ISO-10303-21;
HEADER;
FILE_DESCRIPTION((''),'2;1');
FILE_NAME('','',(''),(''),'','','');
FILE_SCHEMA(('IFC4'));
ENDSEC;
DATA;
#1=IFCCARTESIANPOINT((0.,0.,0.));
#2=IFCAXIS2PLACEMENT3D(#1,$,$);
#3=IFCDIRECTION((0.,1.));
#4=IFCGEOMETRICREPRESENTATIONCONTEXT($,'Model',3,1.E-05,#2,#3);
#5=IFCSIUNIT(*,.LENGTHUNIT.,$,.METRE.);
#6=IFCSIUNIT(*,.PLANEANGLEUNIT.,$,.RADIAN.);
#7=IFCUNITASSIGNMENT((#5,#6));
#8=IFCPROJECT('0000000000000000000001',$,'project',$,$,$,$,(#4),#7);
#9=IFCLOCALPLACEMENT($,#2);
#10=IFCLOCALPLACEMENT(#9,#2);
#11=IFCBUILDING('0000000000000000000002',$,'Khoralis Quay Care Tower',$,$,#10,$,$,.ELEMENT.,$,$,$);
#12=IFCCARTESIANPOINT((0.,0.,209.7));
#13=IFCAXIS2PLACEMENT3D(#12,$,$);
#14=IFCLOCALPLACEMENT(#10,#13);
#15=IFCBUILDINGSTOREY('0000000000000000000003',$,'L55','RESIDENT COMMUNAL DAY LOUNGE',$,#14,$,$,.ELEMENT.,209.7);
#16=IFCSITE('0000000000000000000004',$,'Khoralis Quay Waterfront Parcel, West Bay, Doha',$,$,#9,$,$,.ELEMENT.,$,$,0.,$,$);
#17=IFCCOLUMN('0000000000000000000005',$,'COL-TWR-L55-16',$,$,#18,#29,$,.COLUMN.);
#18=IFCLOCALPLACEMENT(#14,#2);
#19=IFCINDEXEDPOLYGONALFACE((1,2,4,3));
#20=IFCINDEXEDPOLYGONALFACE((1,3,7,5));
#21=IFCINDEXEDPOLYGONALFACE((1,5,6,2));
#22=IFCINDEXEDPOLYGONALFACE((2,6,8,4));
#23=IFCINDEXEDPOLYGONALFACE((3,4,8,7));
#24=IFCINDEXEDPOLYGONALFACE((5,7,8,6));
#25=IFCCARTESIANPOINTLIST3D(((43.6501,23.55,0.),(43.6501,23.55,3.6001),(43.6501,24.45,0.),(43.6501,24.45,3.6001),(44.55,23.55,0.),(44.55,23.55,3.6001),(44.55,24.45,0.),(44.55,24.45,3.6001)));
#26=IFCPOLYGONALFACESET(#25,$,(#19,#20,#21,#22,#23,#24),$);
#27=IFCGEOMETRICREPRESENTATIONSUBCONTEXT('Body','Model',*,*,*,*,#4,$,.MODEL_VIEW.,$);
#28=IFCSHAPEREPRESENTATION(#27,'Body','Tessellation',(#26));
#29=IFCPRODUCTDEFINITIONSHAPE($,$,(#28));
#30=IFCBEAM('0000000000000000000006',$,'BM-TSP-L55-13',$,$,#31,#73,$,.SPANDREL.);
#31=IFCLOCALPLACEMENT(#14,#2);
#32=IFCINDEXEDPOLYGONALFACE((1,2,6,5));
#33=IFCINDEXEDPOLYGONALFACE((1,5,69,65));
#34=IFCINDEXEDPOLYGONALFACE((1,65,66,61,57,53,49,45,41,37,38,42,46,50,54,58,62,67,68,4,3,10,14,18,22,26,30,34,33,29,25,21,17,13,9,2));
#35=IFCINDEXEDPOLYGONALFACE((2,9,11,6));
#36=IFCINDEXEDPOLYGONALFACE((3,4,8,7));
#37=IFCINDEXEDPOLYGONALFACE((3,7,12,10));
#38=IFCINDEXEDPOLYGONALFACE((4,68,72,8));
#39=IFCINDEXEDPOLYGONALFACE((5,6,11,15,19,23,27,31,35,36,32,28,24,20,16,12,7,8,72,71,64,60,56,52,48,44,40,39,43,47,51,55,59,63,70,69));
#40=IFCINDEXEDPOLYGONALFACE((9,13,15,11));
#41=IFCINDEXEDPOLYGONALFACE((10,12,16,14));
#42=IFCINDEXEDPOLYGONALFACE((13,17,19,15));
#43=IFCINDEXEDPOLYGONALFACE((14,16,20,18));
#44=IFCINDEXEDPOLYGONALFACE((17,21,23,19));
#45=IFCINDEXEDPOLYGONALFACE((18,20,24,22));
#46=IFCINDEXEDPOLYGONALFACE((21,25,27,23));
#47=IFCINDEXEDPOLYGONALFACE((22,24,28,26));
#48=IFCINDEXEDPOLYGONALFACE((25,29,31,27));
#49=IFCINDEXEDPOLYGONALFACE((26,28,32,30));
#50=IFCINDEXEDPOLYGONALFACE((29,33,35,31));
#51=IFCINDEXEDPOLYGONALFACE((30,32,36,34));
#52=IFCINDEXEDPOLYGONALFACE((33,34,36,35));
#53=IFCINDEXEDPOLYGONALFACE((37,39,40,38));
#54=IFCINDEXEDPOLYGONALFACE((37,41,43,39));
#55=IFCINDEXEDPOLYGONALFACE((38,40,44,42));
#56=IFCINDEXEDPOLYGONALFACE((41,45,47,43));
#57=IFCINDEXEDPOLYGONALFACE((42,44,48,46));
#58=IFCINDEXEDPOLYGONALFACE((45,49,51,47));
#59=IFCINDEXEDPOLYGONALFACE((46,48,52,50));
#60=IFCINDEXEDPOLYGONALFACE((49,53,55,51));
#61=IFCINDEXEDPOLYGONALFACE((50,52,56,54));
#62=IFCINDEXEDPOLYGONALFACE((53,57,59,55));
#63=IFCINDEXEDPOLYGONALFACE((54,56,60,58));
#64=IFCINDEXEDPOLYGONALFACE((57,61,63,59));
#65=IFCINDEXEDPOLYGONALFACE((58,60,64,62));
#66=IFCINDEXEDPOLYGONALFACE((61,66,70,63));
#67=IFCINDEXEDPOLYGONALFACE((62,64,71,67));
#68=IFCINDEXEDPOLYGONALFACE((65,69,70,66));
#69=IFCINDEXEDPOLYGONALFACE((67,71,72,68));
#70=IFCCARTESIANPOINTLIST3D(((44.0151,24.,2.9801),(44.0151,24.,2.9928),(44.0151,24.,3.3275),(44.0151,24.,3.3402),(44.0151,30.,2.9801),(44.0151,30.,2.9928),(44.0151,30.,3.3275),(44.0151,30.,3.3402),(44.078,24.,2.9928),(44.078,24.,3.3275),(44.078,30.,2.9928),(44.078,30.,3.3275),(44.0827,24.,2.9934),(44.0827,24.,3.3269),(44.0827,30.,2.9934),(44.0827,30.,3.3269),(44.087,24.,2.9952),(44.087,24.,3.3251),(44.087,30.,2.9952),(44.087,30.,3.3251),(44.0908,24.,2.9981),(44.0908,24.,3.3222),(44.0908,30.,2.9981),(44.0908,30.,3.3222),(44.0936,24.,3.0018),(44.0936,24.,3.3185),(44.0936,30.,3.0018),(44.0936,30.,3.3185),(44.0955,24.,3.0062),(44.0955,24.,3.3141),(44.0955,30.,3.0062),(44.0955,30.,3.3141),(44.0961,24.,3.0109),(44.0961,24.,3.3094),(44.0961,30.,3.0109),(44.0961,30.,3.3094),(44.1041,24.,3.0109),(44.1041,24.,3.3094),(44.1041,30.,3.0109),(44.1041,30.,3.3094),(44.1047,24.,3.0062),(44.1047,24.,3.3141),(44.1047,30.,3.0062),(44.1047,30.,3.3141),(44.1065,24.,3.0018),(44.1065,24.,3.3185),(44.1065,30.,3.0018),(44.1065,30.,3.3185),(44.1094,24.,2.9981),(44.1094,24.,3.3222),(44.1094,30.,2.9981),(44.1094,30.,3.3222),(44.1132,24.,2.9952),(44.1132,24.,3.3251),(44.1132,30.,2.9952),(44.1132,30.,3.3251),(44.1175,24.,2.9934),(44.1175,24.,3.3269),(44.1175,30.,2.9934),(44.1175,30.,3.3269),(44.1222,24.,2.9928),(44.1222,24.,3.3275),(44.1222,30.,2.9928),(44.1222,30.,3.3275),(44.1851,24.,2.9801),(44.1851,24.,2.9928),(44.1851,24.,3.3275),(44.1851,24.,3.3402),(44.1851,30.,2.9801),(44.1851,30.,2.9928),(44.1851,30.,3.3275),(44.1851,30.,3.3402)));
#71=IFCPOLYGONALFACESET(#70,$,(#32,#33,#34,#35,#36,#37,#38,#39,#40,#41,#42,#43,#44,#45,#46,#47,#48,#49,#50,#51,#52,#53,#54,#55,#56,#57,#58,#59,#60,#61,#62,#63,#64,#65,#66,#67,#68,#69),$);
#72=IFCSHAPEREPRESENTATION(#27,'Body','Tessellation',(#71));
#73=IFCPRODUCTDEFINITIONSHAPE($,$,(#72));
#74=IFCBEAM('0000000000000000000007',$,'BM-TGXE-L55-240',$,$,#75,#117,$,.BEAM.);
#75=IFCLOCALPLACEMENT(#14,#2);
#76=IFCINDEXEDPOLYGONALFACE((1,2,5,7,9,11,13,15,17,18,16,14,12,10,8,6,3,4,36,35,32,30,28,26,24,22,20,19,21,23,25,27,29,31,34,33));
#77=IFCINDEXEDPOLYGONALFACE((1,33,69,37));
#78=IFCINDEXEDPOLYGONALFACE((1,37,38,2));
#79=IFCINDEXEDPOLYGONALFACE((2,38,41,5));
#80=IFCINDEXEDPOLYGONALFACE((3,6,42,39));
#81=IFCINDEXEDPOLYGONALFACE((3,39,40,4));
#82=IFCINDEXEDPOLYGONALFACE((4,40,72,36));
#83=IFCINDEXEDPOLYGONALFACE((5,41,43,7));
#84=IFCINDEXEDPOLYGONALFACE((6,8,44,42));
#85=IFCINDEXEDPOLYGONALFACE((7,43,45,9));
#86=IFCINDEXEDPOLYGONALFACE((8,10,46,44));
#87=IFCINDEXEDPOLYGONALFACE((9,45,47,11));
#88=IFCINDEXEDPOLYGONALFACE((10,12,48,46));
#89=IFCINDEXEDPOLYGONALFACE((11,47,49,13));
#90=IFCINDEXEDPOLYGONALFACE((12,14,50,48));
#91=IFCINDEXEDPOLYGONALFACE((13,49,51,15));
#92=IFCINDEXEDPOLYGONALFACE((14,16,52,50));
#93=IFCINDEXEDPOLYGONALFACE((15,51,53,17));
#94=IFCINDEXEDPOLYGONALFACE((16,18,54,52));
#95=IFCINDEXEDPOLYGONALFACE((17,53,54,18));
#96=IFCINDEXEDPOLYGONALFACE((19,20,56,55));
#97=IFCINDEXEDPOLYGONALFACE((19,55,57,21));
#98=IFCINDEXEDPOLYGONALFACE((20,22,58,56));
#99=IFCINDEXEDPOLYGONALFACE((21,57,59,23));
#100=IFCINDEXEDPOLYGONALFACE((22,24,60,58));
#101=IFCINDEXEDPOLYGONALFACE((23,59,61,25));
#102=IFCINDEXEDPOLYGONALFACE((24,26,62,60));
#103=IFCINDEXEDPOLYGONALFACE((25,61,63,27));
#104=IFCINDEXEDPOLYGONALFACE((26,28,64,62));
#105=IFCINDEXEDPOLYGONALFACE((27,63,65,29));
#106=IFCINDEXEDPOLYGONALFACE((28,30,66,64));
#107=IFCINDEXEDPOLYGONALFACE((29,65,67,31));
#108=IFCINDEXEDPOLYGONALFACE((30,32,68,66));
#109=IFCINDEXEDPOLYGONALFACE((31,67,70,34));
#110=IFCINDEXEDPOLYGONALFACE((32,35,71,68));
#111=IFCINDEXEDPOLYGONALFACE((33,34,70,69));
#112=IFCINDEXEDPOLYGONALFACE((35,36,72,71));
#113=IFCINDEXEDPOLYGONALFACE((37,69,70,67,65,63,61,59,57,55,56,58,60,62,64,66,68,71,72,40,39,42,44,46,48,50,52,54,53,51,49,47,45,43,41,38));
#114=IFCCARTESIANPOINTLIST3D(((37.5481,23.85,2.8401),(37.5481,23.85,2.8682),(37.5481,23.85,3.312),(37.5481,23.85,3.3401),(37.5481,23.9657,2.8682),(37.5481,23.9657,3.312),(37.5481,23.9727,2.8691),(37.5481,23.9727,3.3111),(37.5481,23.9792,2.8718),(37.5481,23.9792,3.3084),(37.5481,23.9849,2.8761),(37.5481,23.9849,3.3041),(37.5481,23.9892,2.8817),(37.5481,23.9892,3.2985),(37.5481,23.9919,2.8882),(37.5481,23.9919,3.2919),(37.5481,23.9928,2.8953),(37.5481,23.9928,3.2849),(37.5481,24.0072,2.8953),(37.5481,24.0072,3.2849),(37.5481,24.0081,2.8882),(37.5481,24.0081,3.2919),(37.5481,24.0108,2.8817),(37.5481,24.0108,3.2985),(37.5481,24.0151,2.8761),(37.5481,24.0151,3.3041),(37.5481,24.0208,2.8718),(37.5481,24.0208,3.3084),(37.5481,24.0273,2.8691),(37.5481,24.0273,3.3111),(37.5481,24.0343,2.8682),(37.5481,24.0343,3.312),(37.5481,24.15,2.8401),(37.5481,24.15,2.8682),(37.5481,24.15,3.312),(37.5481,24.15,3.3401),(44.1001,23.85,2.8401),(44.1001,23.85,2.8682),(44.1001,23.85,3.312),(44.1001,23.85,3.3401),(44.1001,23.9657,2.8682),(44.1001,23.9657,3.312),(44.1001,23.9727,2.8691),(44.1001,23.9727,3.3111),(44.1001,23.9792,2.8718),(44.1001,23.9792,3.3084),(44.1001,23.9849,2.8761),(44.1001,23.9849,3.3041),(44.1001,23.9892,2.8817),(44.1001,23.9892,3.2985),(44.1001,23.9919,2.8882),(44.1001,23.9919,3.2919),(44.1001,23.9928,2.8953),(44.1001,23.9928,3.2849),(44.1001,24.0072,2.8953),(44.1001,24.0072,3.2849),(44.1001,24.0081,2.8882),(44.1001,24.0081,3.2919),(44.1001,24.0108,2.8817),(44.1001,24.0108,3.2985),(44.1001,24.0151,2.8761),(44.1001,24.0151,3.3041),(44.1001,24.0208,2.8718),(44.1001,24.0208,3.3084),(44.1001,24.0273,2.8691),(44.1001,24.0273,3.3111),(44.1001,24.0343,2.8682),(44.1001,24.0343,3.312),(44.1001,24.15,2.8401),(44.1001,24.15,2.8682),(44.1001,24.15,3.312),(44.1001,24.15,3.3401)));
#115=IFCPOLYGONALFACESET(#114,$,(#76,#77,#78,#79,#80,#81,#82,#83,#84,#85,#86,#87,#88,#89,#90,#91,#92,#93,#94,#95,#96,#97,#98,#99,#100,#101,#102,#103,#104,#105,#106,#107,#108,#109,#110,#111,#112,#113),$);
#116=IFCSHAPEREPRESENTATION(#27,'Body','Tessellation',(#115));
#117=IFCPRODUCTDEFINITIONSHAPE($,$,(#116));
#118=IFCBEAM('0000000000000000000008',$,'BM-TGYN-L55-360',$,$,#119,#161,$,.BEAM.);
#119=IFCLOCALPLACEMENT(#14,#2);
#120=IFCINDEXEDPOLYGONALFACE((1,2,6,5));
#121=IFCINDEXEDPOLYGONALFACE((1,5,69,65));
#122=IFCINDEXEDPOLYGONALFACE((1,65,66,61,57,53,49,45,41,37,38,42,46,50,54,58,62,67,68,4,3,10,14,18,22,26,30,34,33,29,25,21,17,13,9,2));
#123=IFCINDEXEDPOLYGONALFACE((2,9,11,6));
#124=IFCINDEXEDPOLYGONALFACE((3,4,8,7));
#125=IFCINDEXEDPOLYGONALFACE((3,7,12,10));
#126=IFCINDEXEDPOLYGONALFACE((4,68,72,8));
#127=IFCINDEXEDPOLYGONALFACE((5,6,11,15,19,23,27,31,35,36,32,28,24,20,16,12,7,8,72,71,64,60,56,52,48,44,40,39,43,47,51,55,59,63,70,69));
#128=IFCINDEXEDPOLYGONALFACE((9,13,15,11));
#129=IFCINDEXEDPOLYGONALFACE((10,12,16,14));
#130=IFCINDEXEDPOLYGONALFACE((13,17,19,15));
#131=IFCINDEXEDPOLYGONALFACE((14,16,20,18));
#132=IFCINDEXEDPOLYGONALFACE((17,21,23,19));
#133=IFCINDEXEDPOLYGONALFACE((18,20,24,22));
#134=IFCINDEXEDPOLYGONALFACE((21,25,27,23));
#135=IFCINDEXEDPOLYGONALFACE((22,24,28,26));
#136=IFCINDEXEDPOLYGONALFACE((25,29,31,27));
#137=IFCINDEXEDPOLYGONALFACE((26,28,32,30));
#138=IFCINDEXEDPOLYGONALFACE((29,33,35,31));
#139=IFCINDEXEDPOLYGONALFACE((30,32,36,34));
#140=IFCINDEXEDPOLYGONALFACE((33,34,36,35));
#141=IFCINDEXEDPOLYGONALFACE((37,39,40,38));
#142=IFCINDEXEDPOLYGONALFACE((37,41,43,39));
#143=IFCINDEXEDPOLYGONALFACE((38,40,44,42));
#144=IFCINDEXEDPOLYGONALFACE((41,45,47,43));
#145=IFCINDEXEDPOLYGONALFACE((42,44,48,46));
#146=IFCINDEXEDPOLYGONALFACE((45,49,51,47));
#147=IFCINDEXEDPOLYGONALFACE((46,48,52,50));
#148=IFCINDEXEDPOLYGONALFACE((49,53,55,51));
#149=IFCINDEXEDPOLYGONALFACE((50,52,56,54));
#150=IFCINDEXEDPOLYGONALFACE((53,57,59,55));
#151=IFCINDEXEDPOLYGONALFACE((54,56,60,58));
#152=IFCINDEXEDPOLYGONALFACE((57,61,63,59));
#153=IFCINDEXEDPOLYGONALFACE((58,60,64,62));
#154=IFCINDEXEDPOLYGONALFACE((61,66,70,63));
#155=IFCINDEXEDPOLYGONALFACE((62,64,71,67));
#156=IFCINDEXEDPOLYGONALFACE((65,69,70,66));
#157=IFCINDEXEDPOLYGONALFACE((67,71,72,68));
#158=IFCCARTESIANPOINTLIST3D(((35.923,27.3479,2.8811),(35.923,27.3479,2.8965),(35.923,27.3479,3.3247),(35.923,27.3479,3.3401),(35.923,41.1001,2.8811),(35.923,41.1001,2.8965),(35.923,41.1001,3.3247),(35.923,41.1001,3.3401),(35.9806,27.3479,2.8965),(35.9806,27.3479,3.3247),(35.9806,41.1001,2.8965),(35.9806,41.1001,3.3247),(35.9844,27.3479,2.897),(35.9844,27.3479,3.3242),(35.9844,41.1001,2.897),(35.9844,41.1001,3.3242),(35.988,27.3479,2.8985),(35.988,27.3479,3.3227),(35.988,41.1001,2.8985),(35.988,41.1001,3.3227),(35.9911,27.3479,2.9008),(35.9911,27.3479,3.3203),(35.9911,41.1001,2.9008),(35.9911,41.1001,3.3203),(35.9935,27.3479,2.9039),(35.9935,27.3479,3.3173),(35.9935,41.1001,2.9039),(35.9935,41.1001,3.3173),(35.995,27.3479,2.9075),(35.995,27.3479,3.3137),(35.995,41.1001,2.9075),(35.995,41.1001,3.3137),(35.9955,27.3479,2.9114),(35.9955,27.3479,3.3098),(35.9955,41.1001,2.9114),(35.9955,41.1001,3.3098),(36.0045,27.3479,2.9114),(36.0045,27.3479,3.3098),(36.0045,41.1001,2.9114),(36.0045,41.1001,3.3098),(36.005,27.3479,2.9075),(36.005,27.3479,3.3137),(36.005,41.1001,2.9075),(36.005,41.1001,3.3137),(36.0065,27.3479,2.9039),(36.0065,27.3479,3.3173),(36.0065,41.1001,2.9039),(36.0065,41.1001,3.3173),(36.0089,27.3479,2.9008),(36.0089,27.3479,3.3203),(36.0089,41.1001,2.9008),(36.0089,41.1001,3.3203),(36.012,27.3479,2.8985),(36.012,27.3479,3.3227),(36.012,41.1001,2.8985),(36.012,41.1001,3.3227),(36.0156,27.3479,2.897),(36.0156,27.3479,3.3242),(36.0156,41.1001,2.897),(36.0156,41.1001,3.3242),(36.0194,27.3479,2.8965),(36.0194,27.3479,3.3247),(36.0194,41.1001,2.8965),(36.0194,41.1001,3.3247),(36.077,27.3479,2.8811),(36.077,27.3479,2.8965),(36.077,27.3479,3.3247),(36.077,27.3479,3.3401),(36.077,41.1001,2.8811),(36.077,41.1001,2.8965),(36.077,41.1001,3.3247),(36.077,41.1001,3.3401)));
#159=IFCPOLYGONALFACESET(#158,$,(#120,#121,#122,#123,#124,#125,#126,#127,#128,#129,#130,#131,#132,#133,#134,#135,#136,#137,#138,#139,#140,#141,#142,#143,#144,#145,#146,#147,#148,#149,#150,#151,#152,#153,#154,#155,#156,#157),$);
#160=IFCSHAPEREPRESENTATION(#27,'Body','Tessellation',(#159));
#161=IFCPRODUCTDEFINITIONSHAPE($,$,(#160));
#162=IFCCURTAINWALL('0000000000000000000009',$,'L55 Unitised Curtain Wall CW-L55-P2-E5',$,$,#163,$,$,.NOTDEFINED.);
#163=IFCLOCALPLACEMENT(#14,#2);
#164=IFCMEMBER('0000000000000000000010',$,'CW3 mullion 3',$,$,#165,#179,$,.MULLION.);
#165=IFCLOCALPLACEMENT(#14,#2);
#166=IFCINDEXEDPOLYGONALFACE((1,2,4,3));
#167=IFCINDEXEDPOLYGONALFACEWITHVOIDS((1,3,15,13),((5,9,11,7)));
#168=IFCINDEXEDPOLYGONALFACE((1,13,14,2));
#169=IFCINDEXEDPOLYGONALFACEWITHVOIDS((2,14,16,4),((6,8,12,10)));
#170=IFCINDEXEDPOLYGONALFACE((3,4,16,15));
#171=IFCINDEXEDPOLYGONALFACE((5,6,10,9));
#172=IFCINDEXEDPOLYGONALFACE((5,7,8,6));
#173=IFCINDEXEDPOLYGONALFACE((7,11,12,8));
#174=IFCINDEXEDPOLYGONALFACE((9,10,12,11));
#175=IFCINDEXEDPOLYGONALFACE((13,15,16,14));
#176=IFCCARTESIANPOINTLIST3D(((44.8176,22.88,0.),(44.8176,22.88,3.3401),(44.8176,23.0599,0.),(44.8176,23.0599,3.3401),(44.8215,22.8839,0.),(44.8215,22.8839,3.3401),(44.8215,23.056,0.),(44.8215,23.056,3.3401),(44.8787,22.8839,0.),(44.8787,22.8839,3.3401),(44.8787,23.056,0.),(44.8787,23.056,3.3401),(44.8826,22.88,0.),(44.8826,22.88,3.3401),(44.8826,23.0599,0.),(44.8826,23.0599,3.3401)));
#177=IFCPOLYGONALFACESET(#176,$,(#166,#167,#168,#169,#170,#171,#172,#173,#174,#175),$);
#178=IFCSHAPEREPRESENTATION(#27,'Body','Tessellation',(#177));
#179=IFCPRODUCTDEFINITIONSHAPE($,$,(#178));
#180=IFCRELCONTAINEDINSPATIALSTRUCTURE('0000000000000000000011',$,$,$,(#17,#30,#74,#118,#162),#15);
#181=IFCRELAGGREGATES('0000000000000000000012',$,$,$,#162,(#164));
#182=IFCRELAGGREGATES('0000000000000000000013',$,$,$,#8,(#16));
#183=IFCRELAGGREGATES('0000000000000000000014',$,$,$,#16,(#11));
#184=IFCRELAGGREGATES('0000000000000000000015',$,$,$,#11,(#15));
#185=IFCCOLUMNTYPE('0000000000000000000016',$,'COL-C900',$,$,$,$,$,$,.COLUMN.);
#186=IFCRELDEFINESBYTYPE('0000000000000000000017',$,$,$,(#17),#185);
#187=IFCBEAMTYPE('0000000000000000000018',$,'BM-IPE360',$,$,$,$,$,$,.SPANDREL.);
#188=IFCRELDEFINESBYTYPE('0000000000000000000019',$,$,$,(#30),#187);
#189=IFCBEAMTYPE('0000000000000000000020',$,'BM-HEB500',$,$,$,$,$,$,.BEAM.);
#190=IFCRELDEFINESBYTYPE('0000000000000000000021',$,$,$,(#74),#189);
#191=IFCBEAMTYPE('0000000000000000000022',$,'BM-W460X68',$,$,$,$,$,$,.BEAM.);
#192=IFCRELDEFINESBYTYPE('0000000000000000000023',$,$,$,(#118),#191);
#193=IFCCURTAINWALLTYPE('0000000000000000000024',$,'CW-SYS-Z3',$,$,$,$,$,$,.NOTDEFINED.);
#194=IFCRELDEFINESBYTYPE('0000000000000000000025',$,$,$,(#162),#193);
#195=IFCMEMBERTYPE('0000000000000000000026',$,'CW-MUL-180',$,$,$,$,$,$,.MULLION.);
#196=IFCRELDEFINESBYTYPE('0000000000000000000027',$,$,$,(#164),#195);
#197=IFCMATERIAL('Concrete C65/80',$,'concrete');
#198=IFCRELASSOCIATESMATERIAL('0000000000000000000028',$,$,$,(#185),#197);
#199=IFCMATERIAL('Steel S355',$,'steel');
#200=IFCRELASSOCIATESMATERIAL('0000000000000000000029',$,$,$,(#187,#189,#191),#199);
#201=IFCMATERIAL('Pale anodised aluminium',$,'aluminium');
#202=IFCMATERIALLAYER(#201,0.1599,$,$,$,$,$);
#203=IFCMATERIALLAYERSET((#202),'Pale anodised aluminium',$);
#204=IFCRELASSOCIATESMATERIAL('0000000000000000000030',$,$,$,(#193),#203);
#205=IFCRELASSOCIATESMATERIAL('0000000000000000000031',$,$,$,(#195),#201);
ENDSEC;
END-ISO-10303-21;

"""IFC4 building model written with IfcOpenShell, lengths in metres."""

from ifc_helpers import new_model, si_unit, direction, frame, origin, origin_2d, place, context, subcontext, project, spatial, rectangle, hollow_rectangle, i_section, extrude, source, transform, mapped, material, layer, layer_set, material_profile, profile_set, type_object, element, aggregate, save


model = new_model("IFC4")

# Units and contexts
model_context = context("Model", 3, precision=1e-05, world=origin(), true_north=direction((0.0, 1.0)))
body_context = subcontext(model_context, "Body", "Model", "MODEL_VIEW")
ifc_project = project(units=[si_unit("LENGTHUNIT", "METRE"), si_unit("PLANEANGLEUNIT", "RADIAN")], contexts=[model_context])

# Site, building, storey
site_placement = place(None, origin())
site = spatial("IfcSite", under=ifc_project, at=site_placement, Name="Khoralis Quay Waterfront Parcel, West Bay, Doha", CompositionType="ELEMENT", RefElevation=0.0)
building_placement = place(site_placement, origin())
building = spatial("IfcBuilding", under=site, at=building_placement, Name="Khoralis Quay Care Tower", CompositionType="ELEMENT")
storey_placement = place(building_placement, frame((0.0, 0.0, 209.7)))
storey = spatial("IfcBuildingStorey", under=building, at=storey_placement, Name="L55", Description="RESIDENT COMMUNAL DAY LOUNGE", CompositionType="ELEMENT", Elevation=209.7)

# Column
ifc_material_1 = material(Name="Concrete C65/80", Category="concrete")
ifc_material_profile_1 = material_profile(ifc_material_1, rectangle(XDim=0.8999, YDim=0.8999, at=origin_2d()), Name="Concrete C65/80")
ifc_profile_set_1 = profile_set([ifc_material_profile_1], Name="Concrete C65/80")
column_type = type_object("IfcColumnType", Name="COL-C900", PredefinedType="COLUMN", material=ifc_profile_set_1)
shared_shape_1 = source(origin(), body_context, "Body", "SweptSolid", [
    extrude(rectangle(XDim=0.8999, YDim=0.8999, at=origin_2d()), origin(), (0.0, 0.0, 1.0), 3.6001),
])
column_placement = place(storey_placement, frame((44.1001, 24.0, 0.0), z_axis=(0.0, 0.0, 1.0), x_axis=(1.0, 0.0, 0.0)))
element("IfcColumn", 1, at=column_placement, inside=storey, type_object=column_type, Name="COL-TWR-L55-16", PredefinedType="COLUMN", context=body_context, shape_type="MappedRepresentation", body=[
    mapped(shared_shape_1, transform((0.0, 0.0, 0.0), scale=1.0)),
])

# Beams
ifc_material_2 = material(Name="Steel S355", Category="steel")
ifc_material_profile_2 = material_profile(ifc_material_2, i_section(OverallWidth=0.1699, OverallDepth=0.3601, WebThickness=0.0081, FlangeThickness=0.0127, FilletRadius=0.0181, at=origin_2d()), Name="Steel S355")
ifc_profile_set_2 = profile_set([ifc_material_profile_2], Name="Steel S355")
beam_type_1 = type_object("IfcBeamType", Name="BM-IPE360", PredefinedType="SPANDREL", material=ifc_profile_set_2)
shared_shape_2 = source(origin(), body_context, "Body", "SweptSolid", [
    extrude(i_section(OverallWidth=0.1699, OverallDepth=0.3601, WebThickness=0.0081, FlangeThickness=0.0127, FilletRadius=0.0181, at=origin_2d()), origin(), (0.0, 0.0, 1.0), 6.0),
])
beam_1_placement = place(storey_placement, frame((44.1001, 24.0, 3.1602), z_axis=(0.0, 1.0, 0.0), x_axis=(-1.0, 0.0, 0.0)))
element("IfcBeam", 2, at=beam_1_placement, inside=storey, type_object=beam_type_1, Name="BM-TSP-L55-13", PredefinedType="SPANDREL", context=body_context, shape_type="MappedRepresentation", body=[
    mapped(shared_shape_2, transform((0.0, 0.0, 0.0), scale=1.0)),
])
ifc_material_profile_3 = material_profile(ifc_material_2, i_section(OverallWidth=0.3, OverallDepth=0.5, WebThickness=0.0144, FlangeThickness=0.0281, FilletRadius=0.0271, at=origin_2d()), Name="Steel S355")
ifc_profile_set_3 = profile_set([ifc_material_profile_3], Name="Steel S355")
beam_type_2 = type_object("IfcBeamType", Name="BM-HEB500", PredefinedType="BEAM", material=ifc_profile_set_3)
shared_shape_3 = source(origin(), body_context, "Body", "SweptSolid", [
    extrude(i_section(OverallWidth=0.3, OverallDepth=0.5, WebThickness=0.0144, FlangeThickness=0.0281, FilletRadius=0.0271, at=origin_2d()), origin(), (0.0, 0.0, 1.0), 6.552),
])
beam_2_placement = place(storey_placement, frame((37.5481, 24.0, 3.0901), z_axis=(1.0, 0.0, 0.0), x_axis=(0.0, 1.0, 0.0)))
element("IfcBeam", 3, at=beam_2_placement, inside=storey, type_object=beam_type_2, Name="BM-TGXE-L55-240", PredefinedType="BEAM", context=body_context, shape_type="MappedRepresentation", body=[
    mapped(shared_shape_3, transform((0.0, 0.0, 0.0), scale=1.0)),
])
ifc_material_profile_4 = material_profile(ifc_material_2, i_section(OverallWidth=0.1541, OverallDepth=0.459, WebThickness=0.009, FlangeThickness=0.0154, FilletRadius=0.0149, at=origin_2d()), Name="Steel S355")
ifc_profile_set_4 = profile_set([ifc_material_profile_4], Name="Steel S355")
beam_type_3 = type_object("IfcBeamType", Name="BM-W460X68", PredefinedType="BEAM", material=ifc_profile_set_4)
shared_shape_4 = source(origin(), body_context, "Body", "SweptSolid", [
    extrude(i_section(OverallWidth=0.1541, OverallDepth=0.459, WebThickness=0.009, FlangeThickness=0.0154, FilletRadius=0.0149, at=origin_2d()), origin(), (0.0, 0.0, 1.0), 13.7522),
])
beam_3_placement = place(storey_placement, frame((36.0, 27.3479, 3.1106), z_axis=(0.0, 1.0, 0.0), x_axis=(-1.0, 0.0, 0.0)))
element("IfcBeam", 4, at=beam_3_placement, inside=storey, type_object=beam_type_3, Name="BM-TGYN-L55-360", PredefinedType="BEAM", context=body_context, shape_type="MappedRepresentation", body=[
    mapped(shared_shape_4, transform((0.0, 0.0, 0.0), scale=1.0)),
])

# Curtain wall, member
ifc_material_3 = material(Name="Pale anodised aluminium", Category="aluminium")
ifc_layer_1 = layer(ifc_material_3, 0.1599)
ifc_layer_set_1 = layer_set([ifc_layer_1], Name="Pale anodised aluminium")
curtain_wall_type = type_object("IfcCurtainWallType", Name="CW-SYS-Z3", PredefinedType="NOTDEFINED", material=ifc_layer_set_1)
curtain_wall_placement = place(storey_placement, origin())
curtain_wall = element("IfcCurtainWall", 5, at=curtain_wall_placement, inside=storey, type_object=curtain_wall_type, Name="L55 Unitised Curtain Wall CW-L55-P2-E5", PredefinedType="NOTDEFINED")
ifc_material_profile_5 = material_profile(ifc_material_3, hollow_rectangle(XDim=0.0649, YDim=0.1799, WallThickness=0.0039, at=origin_2d()), Name="Pale anodised aluminium")
ifc_profile_set_5 = profile_set([ifc_material_profile_5], Name="Pale anodised aluminium")
member_type = type_object("IfcMemberType", Name="CW-MUL-180", PredefinedType="MULLION", material=ifc_profile_set_5)
shared_shape_5 = source(origin(), body_context, "Body", "SweptSolid", [
    extrude(hollow_rectangle(XDim=0.0649, YDim=0.1799, WallThickness=0.0039, at=origin_2d()), origin(), (0.0, 0.0, 1.0), 3.3401),
])
member_placement = place(storey_placement, frame((44.8501, 22.97, 0.0), z_axis=(0.0, 0.0, 1.0), x_axis=(-1.0, 0.0, 0.0)))
member = element("IfcMember", 6, at=member_placement, type_object=member_type, Name="CW3 mullion 3", PredefinedType="MULLION", context=body_context, shape_type="MappedRepresentation", body=[
    mapped(shared_shape_5, transform((0.0, 0.0, 0.0), scale=1.0)),
])
aggregate(curtain_wall, [member])

save(model, "model.ifc")
